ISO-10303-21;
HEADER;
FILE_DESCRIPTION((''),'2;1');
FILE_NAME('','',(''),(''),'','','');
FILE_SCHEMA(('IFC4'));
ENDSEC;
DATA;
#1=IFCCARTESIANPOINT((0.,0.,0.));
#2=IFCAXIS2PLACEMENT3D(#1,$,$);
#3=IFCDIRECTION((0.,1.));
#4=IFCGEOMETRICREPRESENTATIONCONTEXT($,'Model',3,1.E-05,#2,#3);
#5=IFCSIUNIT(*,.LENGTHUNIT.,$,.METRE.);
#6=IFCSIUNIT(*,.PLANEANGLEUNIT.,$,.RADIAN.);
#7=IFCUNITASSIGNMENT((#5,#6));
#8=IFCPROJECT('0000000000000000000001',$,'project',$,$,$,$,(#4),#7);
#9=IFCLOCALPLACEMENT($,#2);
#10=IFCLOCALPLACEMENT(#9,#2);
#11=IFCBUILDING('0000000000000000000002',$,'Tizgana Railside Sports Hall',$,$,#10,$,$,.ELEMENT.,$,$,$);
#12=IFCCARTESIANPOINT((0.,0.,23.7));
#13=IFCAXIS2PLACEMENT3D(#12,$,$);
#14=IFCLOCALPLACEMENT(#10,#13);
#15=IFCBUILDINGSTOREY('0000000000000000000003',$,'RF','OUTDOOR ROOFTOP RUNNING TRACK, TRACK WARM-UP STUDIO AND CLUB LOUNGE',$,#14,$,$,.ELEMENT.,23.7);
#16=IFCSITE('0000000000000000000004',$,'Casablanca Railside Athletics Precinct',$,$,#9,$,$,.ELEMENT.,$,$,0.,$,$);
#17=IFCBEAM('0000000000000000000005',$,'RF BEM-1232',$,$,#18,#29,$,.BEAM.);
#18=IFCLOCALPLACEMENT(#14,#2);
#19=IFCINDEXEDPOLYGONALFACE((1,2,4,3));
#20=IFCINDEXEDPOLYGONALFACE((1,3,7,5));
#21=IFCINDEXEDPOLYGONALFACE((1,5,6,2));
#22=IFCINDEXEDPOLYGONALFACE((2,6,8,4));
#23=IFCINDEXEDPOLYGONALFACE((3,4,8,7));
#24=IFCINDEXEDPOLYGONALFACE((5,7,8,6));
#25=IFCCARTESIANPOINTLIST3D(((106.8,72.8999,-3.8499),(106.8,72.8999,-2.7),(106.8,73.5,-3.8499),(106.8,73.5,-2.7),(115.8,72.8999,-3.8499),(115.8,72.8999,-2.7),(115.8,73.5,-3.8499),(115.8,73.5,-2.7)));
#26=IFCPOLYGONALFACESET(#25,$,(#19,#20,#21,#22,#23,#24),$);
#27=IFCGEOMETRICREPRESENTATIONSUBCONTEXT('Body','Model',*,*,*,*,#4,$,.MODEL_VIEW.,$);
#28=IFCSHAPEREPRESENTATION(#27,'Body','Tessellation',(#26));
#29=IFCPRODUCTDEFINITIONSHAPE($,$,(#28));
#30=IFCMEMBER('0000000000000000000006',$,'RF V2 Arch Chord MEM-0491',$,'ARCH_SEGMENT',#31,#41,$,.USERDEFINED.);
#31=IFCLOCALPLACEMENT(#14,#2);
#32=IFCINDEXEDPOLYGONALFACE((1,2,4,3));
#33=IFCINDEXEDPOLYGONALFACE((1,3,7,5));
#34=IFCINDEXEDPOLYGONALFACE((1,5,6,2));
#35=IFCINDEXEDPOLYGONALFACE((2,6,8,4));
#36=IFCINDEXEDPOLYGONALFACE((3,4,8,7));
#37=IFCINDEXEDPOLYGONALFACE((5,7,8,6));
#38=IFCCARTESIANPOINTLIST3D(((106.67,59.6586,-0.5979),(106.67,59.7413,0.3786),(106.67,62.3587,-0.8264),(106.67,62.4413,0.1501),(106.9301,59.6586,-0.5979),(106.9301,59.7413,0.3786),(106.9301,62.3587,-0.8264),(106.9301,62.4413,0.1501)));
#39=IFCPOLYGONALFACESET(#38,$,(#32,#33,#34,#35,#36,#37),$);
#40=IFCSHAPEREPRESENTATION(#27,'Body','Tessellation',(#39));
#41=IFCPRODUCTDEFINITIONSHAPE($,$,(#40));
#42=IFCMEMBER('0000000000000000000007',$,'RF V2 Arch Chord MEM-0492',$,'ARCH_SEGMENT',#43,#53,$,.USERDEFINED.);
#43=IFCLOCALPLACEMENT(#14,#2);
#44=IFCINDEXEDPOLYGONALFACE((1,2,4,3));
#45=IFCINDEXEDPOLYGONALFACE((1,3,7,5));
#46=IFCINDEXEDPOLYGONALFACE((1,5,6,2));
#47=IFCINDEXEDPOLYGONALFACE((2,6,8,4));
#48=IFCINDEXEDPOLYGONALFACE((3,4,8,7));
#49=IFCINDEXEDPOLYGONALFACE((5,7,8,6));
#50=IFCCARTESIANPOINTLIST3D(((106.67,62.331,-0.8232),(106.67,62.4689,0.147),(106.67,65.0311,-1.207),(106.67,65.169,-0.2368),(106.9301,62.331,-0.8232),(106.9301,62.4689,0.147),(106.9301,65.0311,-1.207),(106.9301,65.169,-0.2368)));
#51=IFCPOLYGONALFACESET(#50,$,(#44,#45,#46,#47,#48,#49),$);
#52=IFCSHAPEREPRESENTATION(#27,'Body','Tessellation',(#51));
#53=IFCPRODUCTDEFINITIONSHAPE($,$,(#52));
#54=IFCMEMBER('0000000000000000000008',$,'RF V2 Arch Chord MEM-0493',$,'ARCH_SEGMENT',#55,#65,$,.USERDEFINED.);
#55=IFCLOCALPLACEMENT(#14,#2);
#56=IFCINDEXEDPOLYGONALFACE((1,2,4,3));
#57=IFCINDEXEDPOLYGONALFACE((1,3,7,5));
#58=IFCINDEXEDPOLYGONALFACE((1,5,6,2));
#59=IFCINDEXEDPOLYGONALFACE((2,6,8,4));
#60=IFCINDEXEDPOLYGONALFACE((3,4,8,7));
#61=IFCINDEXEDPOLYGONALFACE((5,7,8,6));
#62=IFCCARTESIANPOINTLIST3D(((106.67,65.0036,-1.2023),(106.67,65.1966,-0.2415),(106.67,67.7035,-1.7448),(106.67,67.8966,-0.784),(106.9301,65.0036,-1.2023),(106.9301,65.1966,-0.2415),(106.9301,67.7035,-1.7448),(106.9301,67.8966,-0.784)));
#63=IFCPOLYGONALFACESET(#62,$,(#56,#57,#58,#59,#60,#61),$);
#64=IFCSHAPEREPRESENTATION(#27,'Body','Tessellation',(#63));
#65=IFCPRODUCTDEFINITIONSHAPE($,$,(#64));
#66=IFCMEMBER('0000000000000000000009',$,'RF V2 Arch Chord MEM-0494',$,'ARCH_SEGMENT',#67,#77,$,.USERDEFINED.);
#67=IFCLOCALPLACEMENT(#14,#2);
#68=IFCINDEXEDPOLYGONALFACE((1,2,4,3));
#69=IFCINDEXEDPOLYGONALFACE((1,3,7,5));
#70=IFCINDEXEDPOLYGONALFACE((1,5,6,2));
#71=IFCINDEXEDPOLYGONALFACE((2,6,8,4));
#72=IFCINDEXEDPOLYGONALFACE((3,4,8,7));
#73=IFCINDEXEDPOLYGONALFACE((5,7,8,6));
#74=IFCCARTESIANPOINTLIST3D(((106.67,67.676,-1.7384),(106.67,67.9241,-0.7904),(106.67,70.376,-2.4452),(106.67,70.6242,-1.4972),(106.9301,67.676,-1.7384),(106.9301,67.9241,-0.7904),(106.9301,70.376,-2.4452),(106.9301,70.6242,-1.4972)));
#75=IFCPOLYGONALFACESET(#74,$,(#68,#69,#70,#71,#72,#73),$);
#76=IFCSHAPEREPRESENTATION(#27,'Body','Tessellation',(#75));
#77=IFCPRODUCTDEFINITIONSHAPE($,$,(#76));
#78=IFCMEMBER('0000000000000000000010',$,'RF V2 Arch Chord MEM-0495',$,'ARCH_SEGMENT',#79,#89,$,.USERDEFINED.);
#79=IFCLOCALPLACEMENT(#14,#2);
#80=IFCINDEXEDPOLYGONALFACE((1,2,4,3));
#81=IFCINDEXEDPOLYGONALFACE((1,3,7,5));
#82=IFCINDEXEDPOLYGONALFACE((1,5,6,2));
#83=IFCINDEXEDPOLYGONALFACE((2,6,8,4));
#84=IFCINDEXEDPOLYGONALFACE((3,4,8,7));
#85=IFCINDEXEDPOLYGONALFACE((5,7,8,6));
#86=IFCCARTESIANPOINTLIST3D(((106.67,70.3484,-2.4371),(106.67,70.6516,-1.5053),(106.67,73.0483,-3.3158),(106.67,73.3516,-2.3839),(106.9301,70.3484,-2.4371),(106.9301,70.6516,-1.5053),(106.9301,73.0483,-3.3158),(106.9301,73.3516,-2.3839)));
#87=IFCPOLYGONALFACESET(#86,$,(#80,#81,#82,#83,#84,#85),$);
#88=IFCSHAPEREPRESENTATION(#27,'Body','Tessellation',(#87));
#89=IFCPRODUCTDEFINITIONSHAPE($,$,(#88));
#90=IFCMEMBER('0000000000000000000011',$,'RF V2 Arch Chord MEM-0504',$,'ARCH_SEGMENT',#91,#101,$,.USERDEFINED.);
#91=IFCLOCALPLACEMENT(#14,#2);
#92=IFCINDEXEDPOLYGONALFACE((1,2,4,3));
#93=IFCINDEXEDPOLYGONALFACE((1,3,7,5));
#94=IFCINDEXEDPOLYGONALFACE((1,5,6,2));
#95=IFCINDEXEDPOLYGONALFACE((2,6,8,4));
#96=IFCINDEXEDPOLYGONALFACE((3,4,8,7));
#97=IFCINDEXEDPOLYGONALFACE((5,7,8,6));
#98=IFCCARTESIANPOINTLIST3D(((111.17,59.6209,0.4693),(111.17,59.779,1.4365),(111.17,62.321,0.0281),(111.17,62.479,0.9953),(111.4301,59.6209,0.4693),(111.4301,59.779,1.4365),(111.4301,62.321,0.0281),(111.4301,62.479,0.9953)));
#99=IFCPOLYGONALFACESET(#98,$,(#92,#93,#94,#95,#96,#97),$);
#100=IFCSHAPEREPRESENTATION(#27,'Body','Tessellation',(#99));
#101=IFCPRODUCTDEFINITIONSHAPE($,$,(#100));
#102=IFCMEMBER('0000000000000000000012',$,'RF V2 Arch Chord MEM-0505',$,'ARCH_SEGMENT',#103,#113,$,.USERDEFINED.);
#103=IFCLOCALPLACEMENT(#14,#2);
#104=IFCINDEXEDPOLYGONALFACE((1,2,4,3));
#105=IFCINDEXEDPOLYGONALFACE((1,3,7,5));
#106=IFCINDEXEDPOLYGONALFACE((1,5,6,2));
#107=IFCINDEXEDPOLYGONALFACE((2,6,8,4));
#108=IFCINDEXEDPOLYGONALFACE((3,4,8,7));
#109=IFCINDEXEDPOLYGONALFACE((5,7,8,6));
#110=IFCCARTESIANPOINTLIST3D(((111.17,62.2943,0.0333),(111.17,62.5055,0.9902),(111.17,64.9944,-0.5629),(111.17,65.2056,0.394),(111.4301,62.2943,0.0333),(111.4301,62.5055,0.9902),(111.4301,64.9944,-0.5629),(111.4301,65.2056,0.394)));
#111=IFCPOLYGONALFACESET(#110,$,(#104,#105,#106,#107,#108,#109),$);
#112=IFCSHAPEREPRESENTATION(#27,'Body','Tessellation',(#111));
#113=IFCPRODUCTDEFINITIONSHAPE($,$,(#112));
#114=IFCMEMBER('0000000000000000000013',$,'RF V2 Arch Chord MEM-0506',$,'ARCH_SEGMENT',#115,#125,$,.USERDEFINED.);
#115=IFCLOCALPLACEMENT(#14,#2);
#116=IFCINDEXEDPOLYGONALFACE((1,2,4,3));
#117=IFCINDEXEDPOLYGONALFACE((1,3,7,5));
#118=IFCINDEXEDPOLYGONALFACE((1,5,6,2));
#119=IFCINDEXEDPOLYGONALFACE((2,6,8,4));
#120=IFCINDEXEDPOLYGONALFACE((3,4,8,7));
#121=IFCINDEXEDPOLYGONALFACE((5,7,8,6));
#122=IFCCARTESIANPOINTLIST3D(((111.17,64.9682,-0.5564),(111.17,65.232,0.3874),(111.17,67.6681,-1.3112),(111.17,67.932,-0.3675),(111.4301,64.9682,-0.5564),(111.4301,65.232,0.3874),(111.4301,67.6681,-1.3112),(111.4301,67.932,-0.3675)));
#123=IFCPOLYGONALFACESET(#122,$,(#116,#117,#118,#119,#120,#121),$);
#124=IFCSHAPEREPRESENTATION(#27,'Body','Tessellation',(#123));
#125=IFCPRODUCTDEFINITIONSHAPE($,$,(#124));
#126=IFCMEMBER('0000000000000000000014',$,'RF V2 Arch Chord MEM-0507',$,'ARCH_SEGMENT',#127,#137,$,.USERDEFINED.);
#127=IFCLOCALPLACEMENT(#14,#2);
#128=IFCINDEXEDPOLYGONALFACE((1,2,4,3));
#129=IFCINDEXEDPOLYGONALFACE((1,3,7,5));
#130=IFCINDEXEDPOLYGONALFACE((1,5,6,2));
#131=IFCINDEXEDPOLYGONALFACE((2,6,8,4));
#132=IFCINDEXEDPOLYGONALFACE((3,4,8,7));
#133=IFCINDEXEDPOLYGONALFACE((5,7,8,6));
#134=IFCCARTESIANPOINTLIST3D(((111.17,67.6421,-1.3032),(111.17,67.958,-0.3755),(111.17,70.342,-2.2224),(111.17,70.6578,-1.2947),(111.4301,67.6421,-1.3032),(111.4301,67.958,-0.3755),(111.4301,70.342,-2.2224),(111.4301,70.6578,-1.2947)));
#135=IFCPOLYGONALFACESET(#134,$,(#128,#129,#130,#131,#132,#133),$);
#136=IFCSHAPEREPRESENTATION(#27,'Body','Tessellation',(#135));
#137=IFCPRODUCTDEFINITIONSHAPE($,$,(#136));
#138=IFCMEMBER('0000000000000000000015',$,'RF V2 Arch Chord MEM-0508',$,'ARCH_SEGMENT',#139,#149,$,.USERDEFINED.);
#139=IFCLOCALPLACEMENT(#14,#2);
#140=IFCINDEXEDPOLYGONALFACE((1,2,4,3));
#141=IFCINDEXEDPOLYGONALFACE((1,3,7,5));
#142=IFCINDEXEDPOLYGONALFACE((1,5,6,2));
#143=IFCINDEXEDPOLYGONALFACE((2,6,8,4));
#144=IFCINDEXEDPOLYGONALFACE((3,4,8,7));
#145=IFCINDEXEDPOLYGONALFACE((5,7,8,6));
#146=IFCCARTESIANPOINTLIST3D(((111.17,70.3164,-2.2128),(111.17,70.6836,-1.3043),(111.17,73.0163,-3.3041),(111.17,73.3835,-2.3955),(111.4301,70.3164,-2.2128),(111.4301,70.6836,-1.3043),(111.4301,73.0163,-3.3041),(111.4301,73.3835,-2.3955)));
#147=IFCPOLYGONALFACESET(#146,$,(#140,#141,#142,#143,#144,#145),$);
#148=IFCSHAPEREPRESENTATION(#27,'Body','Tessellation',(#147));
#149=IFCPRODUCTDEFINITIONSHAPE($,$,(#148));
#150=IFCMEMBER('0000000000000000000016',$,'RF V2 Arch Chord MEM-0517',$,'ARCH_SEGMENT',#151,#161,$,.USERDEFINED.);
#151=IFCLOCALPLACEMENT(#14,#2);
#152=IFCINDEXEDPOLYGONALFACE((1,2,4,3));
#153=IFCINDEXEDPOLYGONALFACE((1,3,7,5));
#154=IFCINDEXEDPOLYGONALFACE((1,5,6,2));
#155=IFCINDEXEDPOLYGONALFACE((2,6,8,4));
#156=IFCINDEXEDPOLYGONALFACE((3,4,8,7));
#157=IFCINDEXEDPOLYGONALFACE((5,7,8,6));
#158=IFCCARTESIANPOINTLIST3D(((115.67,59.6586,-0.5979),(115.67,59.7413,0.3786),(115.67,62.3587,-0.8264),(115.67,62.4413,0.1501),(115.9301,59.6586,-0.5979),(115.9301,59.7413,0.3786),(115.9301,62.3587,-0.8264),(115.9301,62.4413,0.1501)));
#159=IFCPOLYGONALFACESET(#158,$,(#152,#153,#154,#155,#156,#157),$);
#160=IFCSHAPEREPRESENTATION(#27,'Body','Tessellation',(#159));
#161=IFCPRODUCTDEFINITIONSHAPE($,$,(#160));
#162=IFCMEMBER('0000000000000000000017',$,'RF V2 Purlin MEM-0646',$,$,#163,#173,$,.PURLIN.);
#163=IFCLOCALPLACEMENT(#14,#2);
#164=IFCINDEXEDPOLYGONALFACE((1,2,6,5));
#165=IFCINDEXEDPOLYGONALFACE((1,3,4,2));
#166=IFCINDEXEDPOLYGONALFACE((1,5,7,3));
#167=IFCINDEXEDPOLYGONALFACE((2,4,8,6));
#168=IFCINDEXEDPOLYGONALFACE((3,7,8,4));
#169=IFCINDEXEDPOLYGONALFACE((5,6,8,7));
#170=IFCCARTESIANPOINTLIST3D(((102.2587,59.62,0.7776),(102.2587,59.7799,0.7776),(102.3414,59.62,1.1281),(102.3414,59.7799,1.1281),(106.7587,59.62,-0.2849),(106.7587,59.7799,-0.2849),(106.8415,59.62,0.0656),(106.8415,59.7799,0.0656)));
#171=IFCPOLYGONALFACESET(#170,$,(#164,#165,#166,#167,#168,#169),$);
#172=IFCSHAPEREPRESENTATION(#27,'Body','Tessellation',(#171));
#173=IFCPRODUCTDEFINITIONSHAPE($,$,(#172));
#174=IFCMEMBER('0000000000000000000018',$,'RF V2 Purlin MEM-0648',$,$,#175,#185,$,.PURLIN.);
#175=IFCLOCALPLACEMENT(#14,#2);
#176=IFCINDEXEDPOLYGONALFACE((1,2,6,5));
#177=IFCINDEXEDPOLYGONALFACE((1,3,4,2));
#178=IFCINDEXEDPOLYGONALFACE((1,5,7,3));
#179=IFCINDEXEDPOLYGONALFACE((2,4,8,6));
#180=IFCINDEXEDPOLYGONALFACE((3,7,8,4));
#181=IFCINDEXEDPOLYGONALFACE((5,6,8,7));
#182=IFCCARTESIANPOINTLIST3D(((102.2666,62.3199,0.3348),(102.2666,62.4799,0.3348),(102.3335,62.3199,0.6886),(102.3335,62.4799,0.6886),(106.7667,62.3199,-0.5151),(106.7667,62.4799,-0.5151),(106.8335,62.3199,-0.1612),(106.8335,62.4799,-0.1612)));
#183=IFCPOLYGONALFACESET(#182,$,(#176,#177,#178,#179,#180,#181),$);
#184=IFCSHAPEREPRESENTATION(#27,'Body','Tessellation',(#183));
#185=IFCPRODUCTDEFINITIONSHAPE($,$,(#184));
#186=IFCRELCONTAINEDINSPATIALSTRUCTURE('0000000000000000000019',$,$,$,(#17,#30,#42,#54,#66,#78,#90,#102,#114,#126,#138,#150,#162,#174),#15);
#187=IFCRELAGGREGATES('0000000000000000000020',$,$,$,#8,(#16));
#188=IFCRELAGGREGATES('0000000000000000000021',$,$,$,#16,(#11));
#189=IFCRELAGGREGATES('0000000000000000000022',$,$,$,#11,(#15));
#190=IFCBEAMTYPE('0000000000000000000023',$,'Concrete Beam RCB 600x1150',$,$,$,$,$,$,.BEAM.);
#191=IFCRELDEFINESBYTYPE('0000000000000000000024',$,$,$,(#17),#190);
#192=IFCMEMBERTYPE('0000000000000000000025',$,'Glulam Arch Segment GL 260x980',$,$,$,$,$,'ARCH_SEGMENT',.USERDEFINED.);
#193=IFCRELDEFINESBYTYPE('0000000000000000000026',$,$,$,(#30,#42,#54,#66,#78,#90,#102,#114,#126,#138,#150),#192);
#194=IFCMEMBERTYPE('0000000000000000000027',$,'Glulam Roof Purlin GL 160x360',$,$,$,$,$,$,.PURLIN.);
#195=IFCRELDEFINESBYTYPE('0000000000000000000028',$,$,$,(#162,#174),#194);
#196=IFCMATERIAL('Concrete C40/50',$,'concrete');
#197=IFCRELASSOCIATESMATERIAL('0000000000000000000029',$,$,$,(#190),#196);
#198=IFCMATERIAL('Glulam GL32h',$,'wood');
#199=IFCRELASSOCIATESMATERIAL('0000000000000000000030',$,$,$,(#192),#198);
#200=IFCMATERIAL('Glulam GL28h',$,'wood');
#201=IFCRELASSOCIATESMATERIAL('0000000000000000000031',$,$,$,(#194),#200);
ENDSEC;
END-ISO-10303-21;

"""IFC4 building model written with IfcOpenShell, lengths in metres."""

from ifc_helpers import new_model, si_unit, direction, frame, origin, origin_2d, place, context, subcontext, project, spatial, rectangle, extrude, material, material_profile, profile_set, type_object, element, save


model = new_model("IFC4")

# Units and contexts
model_context = context("Model", 3, precision=1e-05, world=origin(), true_north=direction((0.0, 1.0)))
body_context = subcontext(model_context, "Body", "Model", "MODEL_VIEW")
ifc_project = project(units=[si_unit("LENGTHUNIT", "METRE"), si_unit("PLANEANGLEUNIT", "RADIAN")], contexts=[model_context])

# Site, building, storey
site_placement = place(None, origin())
site = spatial("IfcSite", under=ifc_project, at=site_placement, Name="Casablanca Railside Athletics Precinct", CompositionType="ELEMENT", RefElevation=0.0)
building_placement = place(site_placement, origin())
building = spatial("IfcBuilding", under=site, at=building_placement, Name="Tizgana Railside Sports Hall", CompositionType="ELEMENT")
storey_placement = place(building_placement, frame((0.0, 0.0, 23.7)))
storey = spatial("IfcBuildingStorey", under=building, at=storey_placement, Name="RF", Description="OUTDOOR ROOFTOP RUNNING TRACK, TRACK WARM-UP STUDIO AND CLUB LOUNGE", CompositionType="ELEMENT", Elevation=23.7)

# Beam
ifc_material_1 = material(Name="Concrete C40/50", Category="concrete")
ifc_material_profile_1 = material_profile(ifc_material_1, rectangle(XDim=0.6001, YDim=1.1499, at=origin_2d()), Name="RCB 600x1150")
ifc_profile_set_1 = profile_set([ifc_material_profile_1], Name="Concrete C40/50")
beam_type = type_object("IfcBeamType", Name="Concrete Beam RCB 600x1150", PredefinedType="BEAM", material=ifc_profile_set_1)
beam_placement = place(storey_placement, frame((106.8, 73.2, -3.2749), z_axis=(1.0, 0.0, 0.0), x_axis=(0.0, 1.0, 0.0)))
element("IfcBeam", 1, at=beam_placement, inside=storey, type_object=beam_type, Name="RF BEM-1232", PredefinedType="BEAM", context=body_context, shape_type="SweptSolid", body=[
    extrude(rectangle(XDim=0.6001, YDim=1.1499, at=origin_2d()), origin(), (0.0, 0.0, 1.0), 9.0),
])

# Members
ifc_material_2 = material(Name="Glulam GL32h", Category="wood")
ifc_material_profile_2 = material_profile(ifc_material_2, rectangle(XDim=0.26, YDim=0.98, at=origin_2d()), Name="GL 260x980")
ifc_profile_set_2 = profile_set([ifc_material_profile_2], Name="Glulam GL32h")
member_type_1 = type_object("IfcMemberType", Name="Glulam Arch Segment GL 260x980", ElementType="ARCH_SEGMENT", PredefinedType="USERDEFINED", material=ifc_profile_set_2)
member_1_placement = place(storey_placement, frame((106.8, 59.7, -0.1096), z_axis=(0.0, 0.996437, -0.084335), x_axis=(-1.0, 0.0, 0.0)))
element("IfcMember", 2, at=member_1_placement, inside=storey, type_object=member_type_1, Name="RF V2 Arch Chord MEM-0491", ObjectType="ARCH_SEGMENT", PredefinedType="USERDEFINED", context=body_context, shape_type="SweptSolid", body=[
    extrude(rectangle(XDim=0.26, YDim=0.98, at=origin_2d()), origin(), (0.0, 0.0, 1.0), 2.7097),
])
member_2_placement = place(storey_placement, frame((106.8, 62.3999, -0.3381), z_axis=(0.0, 0.99005, -0.14072), x_axis=(-1.0, 0.0, 0.0)))
element("IfcMember", 3, at=member_2_placement, inside=storey, type_object=member_type_1, Name="RF V2 Arch Chord MEM-0492", ObjectType="ARCH_SEGMENT", PredefinedType="USERDEFINED", context=body_context, shape_type="SweptSolid", body=[
    extrude(rectangle(XDim=0.26, YDim=0.98, at=origin_2d()), origin(), (0.0, 0.0, 1.0), 2.7273),
])
member_3_placement = place(storey_placement, frame((106.8, 65.1001, -0.7219), z_axis=(0.0, 0.980406, -0.196986), x_axis=(-1.0, 0.0, 0.0)))
element("IfcMember", 4, at=member_3_placement, inside=storey, type_object=member_type_1, Name="RF V2 Arch Chord MEM-0493", ObjectType="ARCH_SEGMENT", PredefinedType="USERDEFINED", context=body_context, shape_type="SweptSolid", body=[
    extrude(rectangle(XDim=0.26, YDim=0.98, at=origin_2d()), origin(), (0.0, 0.0, 1.0), 2.7539),
])
member_4_placement = place(storey_placement, frame((106.8, 67.8, -1.2644), z_axis=(0.0, 0.967402, -0.253244), x_axis=(-1.0, 0.0, 0.0)))
element("IfcMember", 5, at=member_4_placement, inside=storey, type_object=member_type_1, Name="RF V2 Arch Chord MEM-0494", ObjectType="ARCH_SEGMENT", PredefinedType="USERDEFINED", context=body_context, shape_type="SweptSolid", body=[
    extrude(rectangle(XDim=0.26, YDim=0.98, at=origin_2d()), origin(), (0.0, 0.0, 1.0), 2.791),
])
member_5_placement = place(storey_placement, frame((106.8, 70.5, -1.9712), z_axis=(0.0, 0.950912, -0.309461), x_axis=(-1.0, 0.0, 0.0)))
element("IfcMember", 6, at=member_5_placement, inside=storey, type_object=member_type_1, Name="RF V2 Arch Chord MEM-0495", ObjectType="ARCH_SEGMENT", PredefinedType="USERDEFINED", context=body_context, shape_type="SweptSolid", body=[
    extrude(rectangle(XDim=0.26, YDim=0.98, at=origin_2d()), origin(), (0.0, 0.0, 1.0), 2.8394),
])
member_6_placement = place(storey_placement, frame((111.3, 59.7, 0.9529), z_axis=(0.0, 0.986912, -0.161258), x_axis=(-1.0, 0.0, 0.0)))
element("IfcMember", 7, at=member_6_placement, inside=storey, type_object=member_type_1, Name="RF V2 Arch Chord MEM-0504", ObjectType="ARCH_SEGMENT", PredefinedType="USERDEFINED", context=body_context, shape_type="SweptSolid", body=[
    extrude(rectangle(XDim=0.26, YDim=0.98, at=origin_2d()), origin(), (0.0, 0.0, 1.0), 2.7358),
])
member_7_placement = place(storey_placement, frame((111.3, 62.3999, 0.5117), z_axis=(0.0, 0.976481, -0.215603), x_axis=(-1.0, 0.0, 0.0)))
element("IfcMember", 8, at=member_7_placement, inside=storey, type_object=member_type_1, Name="RF V2 Arch Chord MEM-0505", ObjectType="ARCH_SEGMENT", PredefinedType="USERDEFINED", context=body_context, shape_type="SweptSolid", body=[
    extrude(rectangle(XDim=0.26, YDim=0.98, at=origin_2d()), origin(), (0.0, 0.0, 1.0), 2.7651),
])
member_8_placement = place(storey_placement, frame((111.3, 65.1001, -0.0845), z_axis=(0.0, 0.963066, -0.269265), x_axis=(-1.0, 0.0, 0.0)))
element("IfcMember", 9, at=member_8_placement, inside=storey, type_object=member_type_1, Name="RF V2 Arch Chord MEM-0506", ObjectType="ARCH_SEGMENT", PredefinedType="USERDEFINED", context=body_context, shape_type="SweptSolid", body=[
    extrude(rectangle(XDim=0.26, YDim=0.98, at=origin_2d()), origin(), (0.0, 0.0, 1.0), 2.8035),
])
member_9_placement = place(storey_placement, frame((111.3, 67.8, -0.8394), z_axis=(0.0, 0.946644, -0.322282), x_axis=(-1.0, 0.0, 0.0)))
element("IfcMember", 10, at=member_9_placement, inside=storey, type_object=member_type_1, Name="RF V2 Arch Chord MEM-0507", ObjectType="ARCH_SEGMENT", PredefinedType="USERDEFINED", context=body_context, shape_type="SweptSolid", body=[
    extrude(rectangle(XDim=0.26, YDim=0.98, at=origin_2d()), origin(), (0.0, 0.0, 1.0), 2.8521),
])
member_10_placement = place(storey_placement, frame((111.3, 70.5, -1.7585), z_axis=(0.0, 0.927129, -0.374742), x_axis=(-1.0, 0.0, 0.0)))
element("IfcMember", 11, at=member_10_placement, inside=storey, type_object=member_type_1, Name="RF V2 Arch Chord MEM-0508", ObjectType="ARCH_SEGMENT", PredefinedType="USERDEFINED", context=body_context, shape_type="SweptSolid", body=[
    extrude(rectangle(XDim=0.26, YDim=0.98, at=origin_2d()), origin(), (0.0, 0.0, 1.0), 2.9121),
])
member_11_placement = place(storey_placement, frame((115.8, 59.7, -0.1096), z_axis=(0.0, 0.996437, -0.084335), x_axis=(-1.0, 0.0, 0.0)))
element("IfcMember", 12, at=member_11_placement, inside=storey, type_object=member_type_1, Name="RF V2 Arch Chord MEM-0517", ObjectType="ARCH_SEGMENT", PredefinedType="USERDEFINED", context=body_context, shape_type="SweptSolid", body=[
    extrude(rectangle(XDim=0.26, YDim=0.98, at=origin_2d()), origin(), (0.0, 0.0, 1.0), 2.7097),
])
ifc_material_3 = material(Name="Glulam GL28h", Category="wood")
ifc_material_profile_3 = material_profile(ifc_material_3, rectangle(XDim=0.1599, YDim=0.3601, at=origin_2d()), Name="GL 160x360")
ifc_profile_set_3 = profile_set([ifc_material_profile_3], Name="Glulam GL28h")
member_type_2 = type_object("IfcMemberType", Name="Glulam Roof Purlin GL 160x360", PredefinedType="PURLIN", material=ifc_profile_set_3)
member_12_placement = place(storey_placement, frame((102.3, 59.7, 0.9529), z_axis=(0.97324, 0.0, -0.229793), x_axis=(0.0, 1.0, 0.0)))
element("IfcMember", 13, at=member_12_placement, inside=storey, type_object=member_type_2, Name="RF V2 Purlin MEM-0646", PredefinedType="PURLIN", context=body_context, shape_type="SweptSolid", body=[
    extrude(rectangle(XDim=0.1599, YDim=0.3601, at=origin_2d()), origin(), (0.0, 0.0, 1.0), 4.6238),
])
member_13_placement = place(storey_placement, frame((102.3, 62.3999, 0.5117), z_axis=(0.98263, 0.0, -0.185576), x_axis=(0.0, 1.0, 0.0)))
element("IfcMember", 14, at=member_13_placement, inside=storey, type_object=member_type_2, Name="RF V2 Purlin MEM-0648", PredefinedType="PURLIN", context=body_context, shape_type="SweptSolid", body=[
    extrude(rectangle(XDim=0.1599, YDim=0.3601, at=origin_2d()), origin(), (0.0, 0.0, 1.0), 4.5796),
])

save(model, "model.ifc")
